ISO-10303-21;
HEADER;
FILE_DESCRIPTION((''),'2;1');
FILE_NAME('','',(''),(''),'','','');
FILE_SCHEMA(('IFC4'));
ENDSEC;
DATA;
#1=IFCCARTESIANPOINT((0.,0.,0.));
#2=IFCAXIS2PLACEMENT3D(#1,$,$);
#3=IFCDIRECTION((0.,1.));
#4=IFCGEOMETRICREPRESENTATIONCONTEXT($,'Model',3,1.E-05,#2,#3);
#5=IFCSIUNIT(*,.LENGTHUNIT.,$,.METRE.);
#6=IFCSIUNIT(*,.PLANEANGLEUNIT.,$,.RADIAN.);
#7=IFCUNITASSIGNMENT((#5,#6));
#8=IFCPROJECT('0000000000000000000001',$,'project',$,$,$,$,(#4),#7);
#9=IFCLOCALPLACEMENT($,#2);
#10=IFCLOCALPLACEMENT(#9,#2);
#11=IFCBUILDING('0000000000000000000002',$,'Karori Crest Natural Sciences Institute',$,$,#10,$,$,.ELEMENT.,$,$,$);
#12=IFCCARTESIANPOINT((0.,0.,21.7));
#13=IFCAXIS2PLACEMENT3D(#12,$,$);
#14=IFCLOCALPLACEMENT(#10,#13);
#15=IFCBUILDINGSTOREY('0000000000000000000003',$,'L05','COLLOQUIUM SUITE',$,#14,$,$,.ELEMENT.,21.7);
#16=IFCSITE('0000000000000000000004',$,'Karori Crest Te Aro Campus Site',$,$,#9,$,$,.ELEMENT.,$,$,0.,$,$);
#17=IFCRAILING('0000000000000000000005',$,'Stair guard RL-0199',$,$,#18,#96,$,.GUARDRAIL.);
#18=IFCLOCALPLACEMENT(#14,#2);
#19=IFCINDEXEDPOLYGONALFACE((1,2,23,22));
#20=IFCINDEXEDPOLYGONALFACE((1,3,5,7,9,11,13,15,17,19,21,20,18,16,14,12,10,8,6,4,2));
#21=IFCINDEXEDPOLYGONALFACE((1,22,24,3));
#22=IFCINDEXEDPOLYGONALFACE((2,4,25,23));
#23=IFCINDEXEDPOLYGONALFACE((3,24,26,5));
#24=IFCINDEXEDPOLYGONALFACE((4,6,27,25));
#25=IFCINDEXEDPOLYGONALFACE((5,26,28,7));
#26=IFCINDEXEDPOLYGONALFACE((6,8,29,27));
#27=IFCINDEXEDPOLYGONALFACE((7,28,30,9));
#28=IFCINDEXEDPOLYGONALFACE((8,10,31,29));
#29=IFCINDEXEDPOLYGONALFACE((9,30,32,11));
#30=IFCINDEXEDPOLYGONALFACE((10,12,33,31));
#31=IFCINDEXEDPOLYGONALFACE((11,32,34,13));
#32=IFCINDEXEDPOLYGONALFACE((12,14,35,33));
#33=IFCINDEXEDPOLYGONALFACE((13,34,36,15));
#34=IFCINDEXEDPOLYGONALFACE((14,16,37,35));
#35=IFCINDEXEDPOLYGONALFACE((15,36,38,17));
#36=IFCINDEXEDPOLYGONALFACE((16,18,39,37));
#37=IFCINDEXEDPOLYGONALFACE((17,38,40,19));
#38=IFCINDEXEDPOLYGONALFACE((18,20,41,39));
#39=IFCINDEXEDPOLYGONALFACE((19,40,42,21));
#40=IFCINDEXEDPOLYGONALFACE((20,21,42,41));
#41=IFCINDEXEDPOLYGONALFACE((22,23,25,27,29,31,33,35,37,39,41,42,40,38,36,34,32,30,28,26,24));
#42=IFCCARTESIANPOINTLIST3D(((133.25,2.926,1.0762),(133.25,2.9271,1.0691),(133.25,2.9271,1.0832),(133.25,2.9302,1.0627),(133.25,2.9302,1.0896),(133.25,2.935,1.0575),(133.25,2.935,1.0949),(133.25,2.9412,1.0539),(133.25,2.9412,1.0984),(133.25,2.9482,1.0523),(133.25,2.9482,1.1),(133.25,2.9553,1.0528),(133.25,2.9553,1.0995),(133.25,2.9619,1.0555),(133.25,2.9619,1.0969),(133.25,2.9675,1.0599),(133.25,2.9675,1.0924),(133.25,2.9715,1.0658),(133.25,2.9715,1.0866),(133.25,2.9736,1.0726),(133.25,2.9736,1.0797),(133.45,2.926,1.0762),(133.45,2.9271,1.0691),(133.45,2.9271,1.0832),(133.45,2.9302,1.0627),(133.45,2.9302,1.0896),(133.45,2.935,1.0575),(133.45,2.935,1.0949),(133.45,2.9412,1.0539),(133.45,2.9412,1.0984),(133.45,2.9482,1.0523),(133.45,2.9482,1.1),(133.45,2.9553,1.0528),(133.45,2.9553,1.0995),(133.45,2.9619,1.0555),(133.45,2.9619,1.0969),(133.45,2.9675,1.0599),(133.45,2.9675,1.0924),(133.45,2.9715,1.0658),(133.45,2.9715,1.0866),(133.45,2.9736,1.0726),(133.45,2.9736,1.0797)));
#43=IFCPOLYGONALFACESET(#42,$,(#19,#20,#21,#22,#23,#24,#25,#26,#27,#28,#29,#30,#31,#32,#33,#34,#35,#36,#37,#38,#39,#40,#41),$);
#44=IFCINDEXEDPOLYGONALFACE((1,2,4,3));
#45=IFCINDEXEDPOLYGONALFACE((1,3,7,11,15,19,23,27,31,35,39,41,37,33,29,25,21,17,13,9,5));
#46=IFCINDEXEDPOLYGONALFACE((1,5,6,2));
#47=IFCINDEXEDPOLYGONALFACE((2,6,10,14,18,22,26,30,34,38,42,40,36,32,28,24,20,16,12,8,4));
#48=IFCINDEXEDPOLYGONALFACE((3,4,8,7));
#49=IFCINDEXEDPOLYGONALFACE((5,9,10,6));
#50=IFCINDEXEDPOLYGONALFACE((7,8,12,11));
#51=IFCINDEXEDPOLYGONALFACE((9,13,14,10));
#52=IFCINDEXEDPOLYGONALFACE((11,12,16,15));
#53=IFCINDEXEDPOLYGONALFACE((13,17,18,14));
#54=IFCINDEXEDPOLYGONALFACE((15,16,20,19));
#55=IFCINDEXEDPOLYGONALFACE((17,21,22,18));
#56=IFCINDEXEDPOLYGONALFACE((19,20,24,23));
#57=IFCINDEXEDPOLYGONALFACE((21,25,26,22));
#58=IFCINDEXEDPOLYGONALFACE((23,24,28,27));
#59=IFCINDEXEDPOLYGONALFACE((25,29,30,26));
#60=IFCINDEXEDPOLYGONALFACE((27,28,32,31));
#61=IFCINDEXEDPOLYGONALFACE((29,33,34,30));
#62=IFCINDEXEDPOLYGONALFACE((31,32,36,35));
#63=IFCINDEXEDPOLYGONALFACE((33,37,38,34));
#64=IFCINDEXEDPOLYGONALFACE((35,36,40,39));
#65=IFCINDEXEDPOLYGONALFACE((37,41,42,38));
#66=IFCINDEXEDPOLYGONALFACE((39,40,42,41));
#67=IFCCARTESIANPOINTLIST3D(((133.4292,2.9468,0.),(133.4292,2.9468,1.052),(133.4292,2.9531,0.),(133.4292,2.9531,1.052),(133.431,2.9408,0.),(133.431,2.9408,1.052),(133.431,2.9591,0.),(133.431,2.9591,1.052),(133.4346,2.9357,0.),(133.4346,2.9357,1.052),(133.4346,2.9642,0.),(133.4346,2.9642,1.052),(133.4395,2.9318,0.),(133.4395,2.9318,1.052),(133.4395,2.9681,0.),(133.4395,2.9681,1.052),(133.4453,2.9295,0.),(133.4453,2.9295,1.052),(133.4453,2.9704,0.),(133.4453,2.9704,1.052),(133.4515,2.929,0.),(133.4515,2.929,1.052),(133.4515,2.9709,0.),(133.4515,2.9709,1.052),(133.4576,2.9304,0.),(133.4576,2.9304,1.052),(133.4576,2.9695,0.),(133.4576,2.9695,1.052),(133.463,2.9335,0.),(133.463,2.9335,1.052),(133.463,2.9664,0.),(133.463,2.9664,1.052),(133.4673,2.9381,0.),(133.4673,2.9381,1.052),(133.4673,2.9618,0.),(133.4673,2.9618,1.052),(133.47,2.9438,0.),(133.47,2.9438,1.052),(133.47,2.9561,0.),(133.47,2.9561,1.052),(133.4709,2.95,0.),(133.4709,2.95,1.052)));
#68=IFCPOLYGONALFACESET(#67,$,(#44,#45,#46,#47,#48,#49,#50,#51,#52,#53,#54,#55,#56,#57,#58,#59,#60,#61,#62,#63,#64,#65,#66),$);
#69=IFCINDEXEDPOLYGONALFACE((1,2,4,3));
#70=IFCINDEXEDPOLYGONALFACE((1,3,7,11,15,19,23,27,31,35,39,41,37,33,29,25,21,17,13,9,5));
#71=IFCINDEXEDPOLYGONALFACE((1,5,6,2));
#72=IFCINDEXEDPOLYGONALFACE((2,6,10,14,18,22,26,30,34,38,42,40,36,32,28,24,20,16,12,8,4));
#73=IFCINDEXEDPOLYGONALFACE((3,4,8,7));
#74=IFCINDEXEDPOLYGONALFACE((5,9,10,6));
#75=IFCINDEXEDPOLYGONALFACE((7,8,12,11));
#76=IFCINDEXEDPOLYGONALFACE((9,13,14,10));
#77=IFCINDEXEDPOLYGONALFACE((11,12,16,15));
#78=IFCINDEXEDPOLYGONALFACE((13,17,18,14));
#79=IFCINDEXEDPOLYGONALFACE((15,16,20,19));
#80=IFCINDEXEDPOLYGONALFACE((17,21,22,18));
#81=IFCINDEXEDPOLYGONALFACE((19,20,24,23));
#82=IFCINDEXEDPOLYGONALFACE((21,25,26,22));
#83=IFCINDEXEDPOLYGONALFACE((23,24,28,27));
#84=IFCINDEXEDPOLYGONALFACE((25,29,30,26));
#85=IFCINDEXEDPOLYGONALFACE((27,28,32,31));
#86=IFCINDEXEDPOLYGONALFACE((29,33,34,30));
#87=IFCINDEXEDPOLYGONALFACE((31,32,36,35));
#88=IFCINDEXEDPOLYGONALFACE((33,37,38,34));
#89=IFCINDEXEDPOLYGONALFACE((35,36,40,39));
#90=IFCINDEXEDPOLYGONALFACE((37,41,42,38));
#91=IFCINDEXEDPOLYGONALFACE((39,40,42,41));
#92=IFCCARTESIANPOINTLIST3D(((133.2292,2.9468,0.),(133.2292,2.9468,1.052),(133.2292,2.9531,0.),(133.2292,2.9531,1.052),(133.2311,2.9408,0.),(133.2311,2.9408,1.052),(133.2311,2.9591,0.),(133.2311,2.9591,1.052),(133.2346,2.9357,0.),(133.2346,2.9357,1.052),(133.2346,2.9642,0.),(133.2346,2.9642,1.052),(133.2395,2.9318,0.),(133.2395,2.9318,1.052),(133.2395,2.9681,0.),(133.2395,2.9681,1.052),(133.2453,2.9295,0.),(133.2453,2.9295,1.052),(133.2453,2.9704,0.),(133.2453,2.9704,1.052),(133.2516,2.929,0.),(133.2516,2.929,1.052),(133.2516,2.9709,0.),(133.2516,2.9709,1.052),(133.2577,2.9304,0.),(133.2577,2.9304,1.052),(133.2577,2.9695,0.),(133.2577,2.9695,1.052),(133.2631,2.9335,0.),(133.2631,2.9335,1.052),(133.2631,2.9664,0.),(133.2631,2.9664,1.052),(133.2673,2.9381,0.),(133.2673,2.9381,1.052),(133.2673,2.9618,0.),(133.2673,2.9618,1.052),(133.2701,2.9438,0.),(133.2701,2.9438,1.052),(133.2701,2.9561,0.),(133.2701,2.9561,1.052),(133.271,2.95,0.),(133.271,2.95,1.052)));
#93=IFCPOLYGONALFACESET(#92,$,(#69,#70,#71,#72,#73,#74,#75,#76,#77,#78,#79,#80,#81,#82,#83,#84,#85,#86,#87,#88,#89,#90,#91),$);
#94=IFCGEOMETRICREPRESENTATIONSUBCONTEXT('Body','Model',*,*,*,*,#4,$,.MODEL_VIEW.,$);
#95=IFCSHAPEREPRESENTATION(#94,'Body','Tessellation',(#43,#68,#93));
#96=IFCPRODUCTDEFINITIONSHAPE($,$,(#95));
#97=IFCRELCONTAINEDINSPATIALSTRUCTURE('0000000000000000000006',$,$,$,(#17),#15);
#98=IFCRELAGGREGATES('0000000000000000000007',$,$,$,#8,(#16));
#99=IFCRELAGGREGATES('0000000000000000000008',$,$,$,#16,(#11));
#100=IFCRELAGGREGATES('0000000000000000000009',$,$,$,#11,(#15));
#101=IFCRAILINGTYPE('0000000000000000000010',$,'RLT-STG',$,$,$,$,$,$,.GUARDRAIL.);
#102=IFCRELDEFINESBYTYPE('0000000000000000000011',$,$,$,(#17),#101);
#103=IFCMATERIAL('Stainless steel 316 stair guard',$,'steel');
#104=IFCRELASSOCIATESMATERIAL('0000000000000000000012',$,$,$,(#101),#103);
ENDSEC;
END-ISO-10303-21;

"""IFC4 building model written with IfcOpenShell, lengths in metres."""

from ifc_helpers import new_model, si_unit, direction, frame, origin, origin_2d, place, context, subcontext, project, spatial, circle, extrude, material, type_object, element, save


model = new_model("IFC4")

# Units and contexts
model_context = context("Model", 3, precision=1e-05, world=origin(), true_north=direction((0.0, 1.0)))
body_context = subcontext(model_context, "Body", "Model", "MODEL_VIEW")
ifc_project = project(units=[si_unit("LENGTHUNIT", "METRE"), si_unit("PLANEANGLEUNIT", "RADIAN")], contexts=[model_context])

# Site, building, storey
site_placement = place(None, origin())
site = spatial("IfcSite", under=ifc_project, at=site_placement, Name="Karori Crest Te Aro Campus Site", CompositionType="ELEMENT", RefElevation=0.0)
building_placement = place(site_placement, origin())
building = spatial("IfcBuilding", under=site, at=building_placement, Name="Karori Crest Natural Sciences Institute", CompositionType="ELEMENT")
storey_placement = place(building_placement, frame((0.0, 0.0, 21.7)))
storey = spatial("IfcBuildingStorey", under=building, at=storey_placement, Name="L05", Description="COLLOQUIUM SUITE", CompositionType="ELEMENT", Elevation=21.7)

# Railing
ifc_material_1 = material(Name="Stainless steel 316 stair guard", Category="steel")
railing_type_1 = type_object("IfcRailingType", Name="RLT-STG", PredefinedType="GUARDRAIL", material=ifc_material_1)
railing_1_placement = place(storey_placement, frame((133.45, 2.95, 0.0)))
element("IfcRailing", 1, at=railing_1_placement, inside=storey, type_object=railing_type_1, Name="Stair guard RL-0199", PredefinedType="GUARDRAIL", context=body_context, shape_type="SweptSolid", body=[
    extrude(circle(Radius=0.0239, at=origin_2d()), frame((0.0, 0.0, 1.0762), z_axis=(-1.0, 0.0, 0.0), x_axis=(0.0, -1.0, 0.0)), (0.0, 0.0, 1.0), 0.2),
    extrude(circle(Radius=0.021, at=origin_2d()), origin(), (0.0, 0.0, 1.0), 1.052),
    extrude(circle(Radius=0.021, at=origin_2d()), frame((-0.2, 0.0, 0.0)), (0.0, 0.0, 1.0), 1.052),
])

save(model, "model.ifc")
